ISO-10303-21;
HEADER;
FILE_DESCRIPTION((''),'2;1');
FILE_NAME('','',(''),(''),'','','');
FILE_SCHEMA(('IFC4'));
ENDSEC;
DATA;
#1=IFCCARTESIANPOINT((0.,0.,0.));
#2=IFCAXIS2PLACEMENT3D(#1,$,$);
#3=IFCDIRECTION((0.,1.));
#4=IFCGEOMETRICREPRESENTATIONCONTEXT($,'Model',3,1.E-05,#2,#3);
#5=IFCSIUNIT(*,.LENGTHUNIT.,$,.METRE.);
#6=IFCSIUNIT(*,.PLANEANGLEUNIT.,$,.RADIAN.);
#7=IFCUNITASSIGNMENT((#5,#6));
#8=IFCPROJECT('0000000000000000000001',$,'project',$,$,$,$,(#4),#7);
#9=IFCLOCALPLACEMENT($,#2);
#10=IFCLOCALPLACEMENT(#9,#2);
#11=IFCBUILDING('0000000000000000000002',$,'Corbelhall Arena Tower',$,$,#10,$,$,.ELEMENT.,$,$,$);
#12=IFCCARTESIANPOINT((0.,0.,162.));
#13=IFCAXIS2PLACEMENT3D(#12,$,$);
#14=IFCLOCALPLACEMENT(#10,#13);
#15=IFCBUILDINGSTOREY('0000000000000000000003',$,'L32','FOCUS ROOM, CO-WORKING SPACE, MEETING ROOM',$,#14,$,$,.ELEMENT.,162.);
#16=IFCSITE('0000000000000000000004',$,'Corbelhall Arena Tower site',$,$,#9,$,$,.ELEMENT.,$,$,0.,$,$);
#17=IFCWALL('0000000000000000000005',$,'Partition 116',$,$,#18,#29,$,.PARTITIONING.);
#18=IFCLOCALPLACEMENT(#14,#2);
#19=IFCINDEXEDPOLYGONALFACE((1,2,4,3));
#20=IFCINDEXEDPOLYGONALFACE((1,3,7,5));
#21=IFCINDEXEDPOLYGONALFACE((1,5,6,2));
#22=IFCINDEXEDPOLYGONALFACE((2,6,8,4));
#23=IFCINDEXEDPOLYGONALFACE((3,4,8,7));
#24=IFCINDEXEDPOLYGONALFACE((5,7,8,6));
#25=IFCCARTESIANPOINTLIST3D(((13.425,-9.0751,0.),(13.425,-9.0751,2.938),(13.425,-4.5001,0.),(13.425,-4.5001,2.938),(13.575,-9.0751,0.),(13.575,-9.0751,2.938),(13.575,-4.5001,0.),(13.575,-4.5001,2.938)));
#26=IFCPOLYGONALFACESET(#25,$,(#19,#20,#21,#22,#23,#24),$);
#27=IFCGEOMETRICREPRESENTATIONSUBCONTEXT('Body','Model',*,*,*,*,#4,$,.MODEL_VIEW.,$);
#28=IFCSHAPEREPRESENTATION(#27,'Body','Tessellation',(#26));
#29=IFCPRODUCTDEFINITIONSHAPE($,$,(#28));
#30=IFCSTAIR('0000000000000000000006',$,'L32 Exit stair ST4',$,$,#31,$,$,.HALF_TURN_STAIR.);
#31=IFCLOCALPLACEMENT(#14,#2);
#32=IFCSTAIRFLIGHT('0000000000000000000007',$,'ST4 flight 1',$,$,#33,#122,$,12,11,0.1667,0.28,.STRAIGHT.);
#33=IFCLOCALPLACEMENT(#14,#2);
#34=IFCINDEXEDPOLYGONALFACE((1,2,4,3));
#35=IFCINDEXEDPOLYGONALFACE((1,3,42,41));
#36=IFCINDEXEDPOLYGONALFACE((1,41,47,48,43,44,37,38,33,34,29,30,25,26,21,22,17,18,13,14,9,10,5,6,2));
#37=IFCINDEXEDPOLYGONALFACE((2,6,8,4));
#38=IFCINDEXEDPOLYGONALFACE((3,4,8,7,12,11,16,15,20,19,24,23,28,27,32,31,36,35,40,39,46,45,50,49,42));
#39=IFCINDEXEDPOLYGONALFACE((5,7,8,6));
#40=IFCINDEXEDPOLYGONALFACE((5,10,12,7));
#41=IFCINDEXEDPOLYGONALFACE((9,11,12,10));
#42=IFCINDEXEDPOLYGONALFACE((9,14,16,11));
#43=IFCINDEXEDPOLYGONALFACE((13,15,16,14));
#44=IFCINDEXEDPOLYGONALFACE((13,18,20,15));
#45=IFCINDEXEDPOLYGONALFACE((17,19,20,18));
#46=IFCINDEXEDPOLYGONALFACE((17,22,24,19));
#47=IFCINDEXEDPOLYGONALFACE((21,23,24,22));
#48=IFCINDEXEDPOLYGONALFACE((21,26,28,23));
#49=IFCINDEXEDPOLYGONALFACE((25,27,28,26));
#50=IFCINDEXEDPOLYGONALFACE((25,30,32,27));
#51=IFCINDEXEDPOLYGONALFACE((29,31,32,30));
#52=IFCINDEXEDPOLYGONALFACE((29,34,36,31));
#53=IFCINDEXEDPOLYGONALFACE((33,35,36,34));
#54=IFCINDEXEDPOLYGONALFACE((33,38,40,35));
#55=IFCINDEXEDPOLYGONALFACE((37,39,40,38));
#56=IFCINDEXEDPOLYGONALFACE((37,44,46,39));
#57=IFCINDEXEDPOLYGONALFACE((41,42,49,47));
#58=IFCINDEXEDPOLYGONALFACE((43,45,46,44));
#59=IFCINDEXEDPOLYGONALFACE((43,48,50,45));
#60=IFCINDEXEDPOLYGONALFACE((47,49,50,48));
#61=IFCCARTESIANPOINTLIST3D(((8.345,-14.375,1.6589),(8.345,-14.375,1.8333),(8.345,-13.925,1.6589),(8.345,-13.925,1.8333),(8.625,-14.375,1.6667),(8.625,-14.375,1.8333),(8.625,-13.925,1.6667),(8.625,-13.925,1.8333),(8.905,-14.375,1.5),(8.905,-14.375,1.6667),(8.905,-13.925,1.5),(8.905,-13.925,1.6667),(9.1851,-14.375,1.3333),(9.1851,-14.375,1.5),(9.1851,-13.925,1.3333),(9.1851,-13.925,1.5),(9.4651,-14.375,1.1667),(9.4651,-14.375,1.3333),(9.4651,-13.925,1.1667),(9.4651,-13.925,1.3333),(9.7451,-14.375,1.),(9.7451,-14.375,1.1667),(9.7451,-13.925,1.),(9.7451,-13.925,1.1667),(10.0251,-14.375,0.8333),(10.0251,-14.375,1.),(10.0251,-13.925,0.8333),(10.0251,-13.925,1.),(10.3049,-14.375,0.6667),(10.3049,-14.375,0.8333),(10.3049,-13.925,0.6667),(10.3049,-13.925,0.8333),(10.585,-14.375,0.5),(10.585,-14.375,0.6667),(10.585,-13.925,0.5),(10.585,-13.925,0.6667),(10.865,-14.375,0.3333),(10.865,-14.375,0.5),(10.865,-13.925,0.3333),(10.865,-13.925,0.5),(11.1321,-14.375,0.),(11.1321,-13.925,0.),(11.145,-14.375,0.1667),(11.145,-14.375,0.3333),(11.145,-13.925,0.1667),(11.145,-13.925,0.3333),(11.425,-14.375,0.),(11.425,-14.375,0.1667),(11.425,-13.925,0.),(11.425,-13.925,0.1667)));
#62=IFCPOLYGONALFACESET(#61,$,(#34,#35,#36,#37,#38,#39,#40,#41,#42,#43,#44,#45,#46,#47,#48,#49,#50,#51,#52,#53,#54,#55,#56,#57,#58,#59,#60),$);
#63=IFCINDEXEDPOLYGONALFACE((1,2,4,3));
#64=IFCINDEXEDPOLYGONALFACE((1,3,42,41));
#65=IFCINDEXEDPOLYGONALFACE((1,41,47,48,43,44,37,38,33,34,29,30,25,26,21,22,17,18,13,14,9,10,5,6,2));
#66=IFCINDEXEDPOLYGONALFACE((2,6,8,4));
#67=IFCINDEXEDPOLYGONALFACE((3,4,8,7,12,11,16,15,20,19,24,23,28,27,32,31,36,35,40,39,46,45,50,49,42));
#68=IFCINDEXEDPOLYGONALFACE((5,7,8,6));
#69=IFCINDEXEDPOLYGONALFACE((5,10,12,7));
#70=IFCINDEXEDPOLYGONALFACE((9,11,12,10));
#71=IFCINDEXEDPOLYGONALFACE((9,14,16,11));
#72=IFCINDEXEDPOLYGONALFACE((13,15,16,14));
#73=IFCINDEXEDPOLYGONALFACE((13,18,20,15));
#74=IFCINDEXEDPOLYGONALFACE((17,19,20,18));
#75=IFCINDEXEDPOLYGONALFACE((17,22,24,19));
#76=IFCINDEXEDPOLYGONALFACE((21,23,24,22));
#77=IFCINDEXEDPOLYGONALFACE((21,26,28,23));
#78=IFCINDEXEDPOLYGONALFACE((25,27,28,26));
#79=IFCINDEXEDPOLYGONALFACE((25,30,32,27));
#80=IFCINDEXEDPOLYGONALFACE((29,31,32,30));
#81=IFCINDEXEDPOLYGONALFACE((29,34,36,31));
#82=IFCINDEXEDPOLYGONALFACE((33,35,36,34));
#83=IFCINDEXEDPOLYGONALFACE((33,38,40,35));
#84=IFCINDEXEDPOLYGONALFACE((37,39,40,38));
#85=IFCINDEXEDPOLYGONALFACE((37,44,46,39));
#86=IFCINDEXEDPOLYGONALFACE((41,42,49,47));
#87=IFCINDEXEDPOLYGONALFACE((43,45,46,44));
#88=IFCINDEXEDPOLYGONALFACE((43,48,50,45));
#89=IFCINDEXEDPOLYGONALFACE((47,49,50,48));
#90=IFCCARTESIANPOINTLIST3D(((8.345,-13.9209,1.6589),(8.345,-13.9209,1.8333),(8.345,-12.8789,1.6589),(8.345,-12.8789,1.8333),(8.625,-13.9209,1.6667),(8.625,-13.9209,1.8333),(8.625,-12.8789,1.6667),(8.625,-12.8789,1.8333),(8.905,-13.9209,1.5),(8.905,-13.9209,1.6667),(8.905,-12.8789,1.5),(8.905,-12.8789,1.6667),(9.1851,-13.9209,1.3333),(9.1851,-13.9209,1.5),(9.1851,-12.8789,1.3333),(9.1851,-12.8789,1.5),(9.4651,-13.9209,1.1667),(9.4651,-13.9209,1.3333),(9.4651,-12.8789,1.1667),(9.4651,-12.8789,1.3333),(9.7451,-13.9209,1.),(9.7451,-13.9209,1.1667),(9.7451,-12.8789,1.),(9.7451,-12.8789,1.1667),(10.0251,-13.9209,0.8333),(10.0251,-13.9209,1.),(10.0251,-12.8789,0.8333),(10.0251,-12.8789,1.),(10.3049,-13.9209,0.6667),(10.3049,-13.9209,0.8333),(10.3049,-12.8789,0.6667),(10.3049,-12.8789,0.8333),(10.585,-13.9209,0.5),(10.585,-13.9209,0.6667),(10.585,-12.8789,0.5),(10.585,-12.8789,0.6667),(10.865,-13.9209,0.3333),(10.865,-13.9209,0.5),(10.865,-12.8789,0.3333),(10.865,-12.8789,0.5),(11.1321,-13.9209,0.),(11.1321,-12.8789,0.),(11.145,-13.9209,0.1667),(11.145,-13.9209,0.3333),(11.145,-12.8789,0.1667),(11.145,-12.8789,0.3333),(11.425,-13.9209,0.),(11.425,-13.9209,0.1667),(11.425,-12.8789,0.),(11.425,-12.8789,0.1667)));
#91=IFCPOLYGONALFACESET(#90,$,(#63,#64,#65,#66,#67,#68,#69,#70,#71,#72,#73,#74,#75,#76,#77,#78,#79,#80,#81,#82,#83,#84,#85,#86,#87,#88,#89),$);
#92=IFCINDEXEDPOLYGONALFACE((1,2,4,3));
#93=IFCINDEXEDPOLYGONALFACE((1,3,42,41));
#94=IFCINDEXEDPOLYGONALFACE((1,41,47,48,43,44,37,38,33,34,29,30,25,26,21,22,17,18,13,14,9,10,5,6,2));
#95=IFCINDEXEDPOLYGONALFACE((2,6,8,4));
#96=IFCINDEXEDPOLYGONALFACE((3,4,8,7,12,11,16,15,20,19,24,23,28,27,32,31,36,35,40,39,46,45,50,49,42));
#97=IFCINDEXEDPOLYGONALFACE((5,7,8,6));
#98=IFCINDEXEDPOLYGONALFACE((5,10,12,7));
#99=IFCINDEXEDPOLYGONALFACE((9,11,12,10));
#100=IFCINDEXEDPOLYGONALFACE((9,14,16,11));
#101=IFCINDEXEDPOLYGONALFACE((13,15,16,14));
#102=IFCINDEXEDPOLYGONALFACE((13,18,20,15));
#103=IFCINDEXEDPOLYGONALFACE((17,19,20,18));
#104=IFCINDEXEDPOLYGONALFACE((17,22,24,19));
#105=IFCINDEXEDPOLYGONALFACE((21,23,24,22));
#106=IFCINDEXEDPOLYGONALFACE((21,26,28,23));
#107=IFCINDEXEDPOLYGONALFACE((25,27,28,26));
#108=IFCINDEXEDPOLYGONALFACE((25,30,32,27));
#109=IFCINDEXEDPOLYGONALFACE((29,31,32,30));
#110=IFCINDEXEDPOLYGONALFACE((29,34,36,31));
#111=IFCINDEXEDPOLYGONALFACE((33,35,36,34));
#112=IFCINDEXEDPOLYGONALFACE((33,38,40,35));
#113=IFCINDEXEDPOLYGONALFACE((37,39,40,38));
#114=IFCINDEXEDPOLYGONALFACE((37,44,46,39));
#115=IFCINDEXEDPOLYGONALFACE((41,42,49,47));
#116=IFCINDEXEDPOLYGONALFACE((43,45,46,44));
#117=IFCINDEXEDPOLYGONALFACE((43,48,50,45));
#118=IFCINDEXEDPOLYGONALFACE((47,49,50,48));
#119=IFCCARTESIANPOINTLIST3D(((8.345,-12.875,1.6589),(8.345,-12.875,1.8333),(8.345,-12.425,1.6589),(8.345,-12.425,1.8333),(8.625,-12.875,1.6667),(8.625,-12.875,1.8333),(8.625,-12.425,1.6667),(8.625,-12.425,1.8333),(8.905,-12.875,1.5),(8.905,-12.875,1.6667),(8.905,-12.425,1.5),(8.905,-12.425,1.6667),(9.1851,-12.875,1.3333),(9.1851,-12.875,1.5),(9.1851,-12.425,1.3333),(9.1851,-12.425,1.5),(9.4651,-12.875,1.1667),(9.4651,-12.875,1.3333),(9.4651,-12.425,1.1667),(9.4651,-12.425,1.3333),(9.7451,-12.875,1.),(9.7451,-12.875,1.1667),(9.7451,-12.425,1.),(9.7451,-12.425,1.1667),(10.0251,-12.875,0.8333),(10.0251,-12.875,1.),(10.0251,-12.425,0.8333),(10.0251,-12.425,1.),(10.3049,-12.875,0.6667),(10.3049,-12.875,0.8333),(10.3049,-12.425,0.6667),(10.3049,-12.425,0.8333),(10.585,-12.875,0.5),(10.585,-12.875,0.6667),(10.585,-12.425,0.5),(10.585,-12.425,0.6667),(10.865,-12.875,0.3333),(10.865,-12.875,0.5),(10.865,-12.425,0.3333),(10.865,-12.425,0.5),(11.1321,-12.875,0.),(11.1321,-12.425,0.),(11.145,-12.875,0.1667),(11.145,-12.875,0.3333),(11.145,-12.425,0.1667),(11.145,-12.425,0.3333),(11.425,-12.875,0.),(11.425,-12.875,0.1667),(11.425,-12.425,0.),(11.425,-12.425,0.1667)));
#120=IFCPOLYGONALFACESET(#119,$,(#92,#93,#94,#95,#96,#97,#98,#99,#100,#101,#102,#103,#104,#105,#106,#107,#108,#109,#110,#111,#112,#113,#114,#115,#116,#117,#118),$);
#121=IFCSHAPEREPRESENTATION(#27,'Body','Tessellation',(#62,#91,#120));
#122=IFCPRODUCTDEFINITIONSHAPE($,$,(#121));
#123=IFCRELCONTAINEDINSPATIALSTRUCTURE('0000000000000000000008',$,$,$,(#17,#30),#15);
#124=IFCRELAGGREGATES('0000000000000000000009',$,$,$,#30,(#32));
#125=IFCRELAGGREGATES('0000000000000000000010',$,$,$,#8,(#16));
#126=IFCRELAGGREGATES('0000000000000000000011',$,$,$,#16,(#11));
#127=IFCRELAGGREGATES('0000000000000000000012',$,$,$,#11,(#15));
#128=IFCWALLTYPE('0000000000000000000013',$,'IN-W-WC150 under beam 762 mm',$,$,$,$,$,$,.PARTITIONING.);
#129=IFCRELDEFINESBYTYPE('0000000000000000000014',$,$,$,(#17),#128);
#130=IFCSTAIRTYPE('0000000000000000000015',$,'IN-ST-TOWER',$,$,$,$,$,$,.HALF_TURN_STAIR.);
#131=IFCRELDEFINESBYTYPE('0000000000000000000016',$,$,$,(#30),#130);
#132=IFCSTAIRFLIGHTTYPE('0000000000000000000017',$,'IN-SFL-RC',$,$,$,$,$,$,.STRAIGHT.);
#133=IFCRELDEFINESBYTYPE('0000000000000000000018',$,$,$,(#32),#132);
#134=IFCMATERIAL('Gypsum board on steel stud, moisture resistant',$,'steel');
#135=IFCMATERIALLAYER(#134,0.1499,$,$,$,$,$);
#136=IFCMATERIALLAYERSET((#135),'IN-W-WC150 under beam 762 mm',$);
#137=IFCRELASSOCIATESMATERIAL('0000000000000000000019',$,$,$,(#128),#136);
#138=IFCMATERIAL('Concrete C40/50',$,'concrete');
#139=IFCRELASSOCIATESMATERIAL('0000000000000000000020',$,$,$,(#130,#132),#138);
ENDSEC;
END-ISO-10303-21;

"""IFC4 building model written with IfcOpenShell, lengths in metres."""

from ifc_helpers import new_model, si_unit, direction, frame, frame_2d, origin, place, context, subcontext, project, spatial, polyline, rectangle, outline, extrude, material, layer, layer_set, type_object, element, aggregate, save


model = new_model("IFC4")

# Units and contexts
model_context = context("Model", 3, precision=1e-05, world=origin(), true_north=direction((0.0, 1.0)))
body_context = subcontext(model_context, "Body", "Model", "MODEL_VIEW")
ifc_project = project(units=[si_unit("LENGTHUNIT", "METRE"), si_unit("PLANEANGLEUNIT", "RADIAN")], contexts=[model_context])

# Site, building, storey
site_placement = place(None, origin())
site = spatial("IfcSite", under=ifc_project, at=site_placement, Name="Corbelhall Arena Tower site", CompositionType="ELEMENT", RefElevation=0.0)
building_placement = place(site_placement, origin())
building = spatial("IfcBuilding", under=site, at=building_placement, Name="Corbelhall Arena Tower", CompositionType="ELEMENT")
storey_placement = place(building_placement, frame((0.0, 0.0, 162.0)))
storey = spatial("IfcBuildingStorey", under=building, at=storey_placement, Name="L32", Description="FOCUS ROOM, CO-WORKING SPACE, MEETING ROOM", CompositionType="ELEMENT", Elevation=162.0)

# Shared definitions
ifc_material_1 = material(Name="Concrete C40/50", Category="concrete")

# Shared definitions
ifc_material_2 = material(Name="Gypsum board on steel stud, moisture resistant", Category="steel")

# Wall
ifc_layer_1 = layer(ifc_material_2, 0.1499)
ifc_layer_set_1 = layer_set([ifc_layer_1], Name="IN-W-WC150 under beam 762 mm")
wall_type_1 = type_object("IfcWallType", Name="IN-W-WC150 under beam 762 mm", PredefinedType="PARTITIONING", material=ifc_layer_set_1)
wall_1_placement = place(storey_placement, frame((13.5, -4.5, 0.0), z_axis=(0.0, 0.0, 1.0), x_axis=(0.0, -1.0, 0.0)))
element("IfcWall", 1, at=wall_1_placement, inside=storey, type_object=wall_type_1, Name="Partition 116", PredefinedType="PARTITIONING", context=body_context, shape_type="SweptSolid", body=[
    extrude(rectangle(XDim=4.575, YDim=0.1499, at=frame_2d((2.2876, 0.0))), origin(), (0.0, 0.0, 1.0), 2.938),
])

# Stair, stair flight
stair_type = type_object("IfcStairType", Name="IN-ST-TOWER", PredefinedType="HALF_TURN_STAIR", material=ifc_material_1)
stair_placement = place(storey_placement, origin())
stair = element("IfcStair", 2, at=stair_placement, inside=storey, type_object=stair_type, Name="L32 Exit stair ST4", PredefinedType="HALF_TURN_STAIR")
stair_flight_type = type_object("IfcStairFlightType", Name="IN-SFL-RC", PredefinedType="STRAIGHT", material=ifc_material_1)
stair_flight_placement = place(storey_placement, frame((11.425, -13.3999, 0.0), z_axis=(0.0, 0.0, 1.0), x_axis=(-1.0, 0.0, 0.0)))
stair_flight = element("IfcStairFlight", 3, at=stair_flight_placement, type_object=stair_flight_type, Name="ST4 flight 1", NumberOfRisers=12, NumberOfTreads=11, PredefinedType="STRAIGHT", RiserHeight=0.1667, TreadLength=0.28, context=body_context, shape_type="SweptSolid", body=[
    extrude(outline(polyline([(0.0, 0.0), (0.0, 0.1667), (0.28, 0.1667), (0.28, 0.3333), (0.5601, 0.3333), (0.5601, 0.5), (0.8401, 0.5), (0.8401, 0.6667), (1.1201, 0.6667), (1.1201, 0.8333), (1.3999, 0.8333), (1.3999, 1.0), (1.6799, 1.0), (1.6799, 1.1667), (1.96, 1.1667), (1.96, 1.3333), (2.24, 1.3333), (2.24, 1.5), (2.52, 1.5), (2.52, 1.6667), (2.8, 1.6667), (2.8, 1.8333), (3.0801, 1.8333), (3.0801, 2.0), (3.0801, 1.6589), (0.293, 0.0), (0.0, 0.0)])), frame((0.0, 0.9751, 0.0), z_axis=(0.0, -1.0, 0.0), x_axis=(1.0, 0.0, 0.0)), (0.0, 0.0, 1.0), 0.45),
    extrude(outline(polyline([(0.0, 0.0), (0.0, 0.1667), (0.28, 0.1667), (0.28, 0.3333), (0.5601, 0.3333), (0.5601, 0.5), (0.8401, 0.5), (0.8401, 0.6667), (1.1201, 0.6667), (1.1201, 0.8333), (1.3999, 0.8333), (1.3999, 1.0), (1.6799, 1.0), (1.6799, 1.1667), (1.96, 1.1667), (1.96, 1.3333), (2.24, 1.3333), (2.24, 1.5), (2.52, 1.5), (2.52, 1.6667), (2.8, 1.6667), (2.8, 1.8333), (3.0801, 1.8333), (3.0801, 2.0), (3.0801, 1.6589), (0.293, 0.0), (0.0, 0.0)])), frame((0.0, 0.521, 0.0), z_axis=(0.0, -1.0, 0.0), x_axis=(1.0, 0.0, 0.0)), (0.0, 0.0, 1.0), 1.042),
    extrude(outline(polyline([(0.0, 0.0), (0.0, 0.1667), (0.28, 0.1667), (0.28, 0.3333), (0.5601, 0.3333), (0.5601, 0.5), (0.8401, 0.5), (0.8401, 0.6667), (1.1201, 0.6667), (1.1201, 0.8333), (1.3999, 0.8333), (1.3999, 1.0), (1.6799, 1.0), (1.6799, 1.1667), (1.96, 1.1667), (1.96, 1.3333), (2.24, 1.3333), (2.24, 1.5), (2.52, 1.5), (2.52, 1.6667), (2.8, 1.6667), (2.8, 1.8333), (3.0801, 1.8333), (3.0801, 2.0), (3.0801, 1.6589), (0.293, 0.0), (0.0, 0.0)])), frame((0.0, -0.5249, 0.0), z_axis=(0.0, -1.0, 0.0), x_axis=(1.0, 0.0, 0.0)), (0.0, 0.0, 1.0), 0.45),
])
aggregate(stair, [stair_flight])

save(model, "model.ifc")
